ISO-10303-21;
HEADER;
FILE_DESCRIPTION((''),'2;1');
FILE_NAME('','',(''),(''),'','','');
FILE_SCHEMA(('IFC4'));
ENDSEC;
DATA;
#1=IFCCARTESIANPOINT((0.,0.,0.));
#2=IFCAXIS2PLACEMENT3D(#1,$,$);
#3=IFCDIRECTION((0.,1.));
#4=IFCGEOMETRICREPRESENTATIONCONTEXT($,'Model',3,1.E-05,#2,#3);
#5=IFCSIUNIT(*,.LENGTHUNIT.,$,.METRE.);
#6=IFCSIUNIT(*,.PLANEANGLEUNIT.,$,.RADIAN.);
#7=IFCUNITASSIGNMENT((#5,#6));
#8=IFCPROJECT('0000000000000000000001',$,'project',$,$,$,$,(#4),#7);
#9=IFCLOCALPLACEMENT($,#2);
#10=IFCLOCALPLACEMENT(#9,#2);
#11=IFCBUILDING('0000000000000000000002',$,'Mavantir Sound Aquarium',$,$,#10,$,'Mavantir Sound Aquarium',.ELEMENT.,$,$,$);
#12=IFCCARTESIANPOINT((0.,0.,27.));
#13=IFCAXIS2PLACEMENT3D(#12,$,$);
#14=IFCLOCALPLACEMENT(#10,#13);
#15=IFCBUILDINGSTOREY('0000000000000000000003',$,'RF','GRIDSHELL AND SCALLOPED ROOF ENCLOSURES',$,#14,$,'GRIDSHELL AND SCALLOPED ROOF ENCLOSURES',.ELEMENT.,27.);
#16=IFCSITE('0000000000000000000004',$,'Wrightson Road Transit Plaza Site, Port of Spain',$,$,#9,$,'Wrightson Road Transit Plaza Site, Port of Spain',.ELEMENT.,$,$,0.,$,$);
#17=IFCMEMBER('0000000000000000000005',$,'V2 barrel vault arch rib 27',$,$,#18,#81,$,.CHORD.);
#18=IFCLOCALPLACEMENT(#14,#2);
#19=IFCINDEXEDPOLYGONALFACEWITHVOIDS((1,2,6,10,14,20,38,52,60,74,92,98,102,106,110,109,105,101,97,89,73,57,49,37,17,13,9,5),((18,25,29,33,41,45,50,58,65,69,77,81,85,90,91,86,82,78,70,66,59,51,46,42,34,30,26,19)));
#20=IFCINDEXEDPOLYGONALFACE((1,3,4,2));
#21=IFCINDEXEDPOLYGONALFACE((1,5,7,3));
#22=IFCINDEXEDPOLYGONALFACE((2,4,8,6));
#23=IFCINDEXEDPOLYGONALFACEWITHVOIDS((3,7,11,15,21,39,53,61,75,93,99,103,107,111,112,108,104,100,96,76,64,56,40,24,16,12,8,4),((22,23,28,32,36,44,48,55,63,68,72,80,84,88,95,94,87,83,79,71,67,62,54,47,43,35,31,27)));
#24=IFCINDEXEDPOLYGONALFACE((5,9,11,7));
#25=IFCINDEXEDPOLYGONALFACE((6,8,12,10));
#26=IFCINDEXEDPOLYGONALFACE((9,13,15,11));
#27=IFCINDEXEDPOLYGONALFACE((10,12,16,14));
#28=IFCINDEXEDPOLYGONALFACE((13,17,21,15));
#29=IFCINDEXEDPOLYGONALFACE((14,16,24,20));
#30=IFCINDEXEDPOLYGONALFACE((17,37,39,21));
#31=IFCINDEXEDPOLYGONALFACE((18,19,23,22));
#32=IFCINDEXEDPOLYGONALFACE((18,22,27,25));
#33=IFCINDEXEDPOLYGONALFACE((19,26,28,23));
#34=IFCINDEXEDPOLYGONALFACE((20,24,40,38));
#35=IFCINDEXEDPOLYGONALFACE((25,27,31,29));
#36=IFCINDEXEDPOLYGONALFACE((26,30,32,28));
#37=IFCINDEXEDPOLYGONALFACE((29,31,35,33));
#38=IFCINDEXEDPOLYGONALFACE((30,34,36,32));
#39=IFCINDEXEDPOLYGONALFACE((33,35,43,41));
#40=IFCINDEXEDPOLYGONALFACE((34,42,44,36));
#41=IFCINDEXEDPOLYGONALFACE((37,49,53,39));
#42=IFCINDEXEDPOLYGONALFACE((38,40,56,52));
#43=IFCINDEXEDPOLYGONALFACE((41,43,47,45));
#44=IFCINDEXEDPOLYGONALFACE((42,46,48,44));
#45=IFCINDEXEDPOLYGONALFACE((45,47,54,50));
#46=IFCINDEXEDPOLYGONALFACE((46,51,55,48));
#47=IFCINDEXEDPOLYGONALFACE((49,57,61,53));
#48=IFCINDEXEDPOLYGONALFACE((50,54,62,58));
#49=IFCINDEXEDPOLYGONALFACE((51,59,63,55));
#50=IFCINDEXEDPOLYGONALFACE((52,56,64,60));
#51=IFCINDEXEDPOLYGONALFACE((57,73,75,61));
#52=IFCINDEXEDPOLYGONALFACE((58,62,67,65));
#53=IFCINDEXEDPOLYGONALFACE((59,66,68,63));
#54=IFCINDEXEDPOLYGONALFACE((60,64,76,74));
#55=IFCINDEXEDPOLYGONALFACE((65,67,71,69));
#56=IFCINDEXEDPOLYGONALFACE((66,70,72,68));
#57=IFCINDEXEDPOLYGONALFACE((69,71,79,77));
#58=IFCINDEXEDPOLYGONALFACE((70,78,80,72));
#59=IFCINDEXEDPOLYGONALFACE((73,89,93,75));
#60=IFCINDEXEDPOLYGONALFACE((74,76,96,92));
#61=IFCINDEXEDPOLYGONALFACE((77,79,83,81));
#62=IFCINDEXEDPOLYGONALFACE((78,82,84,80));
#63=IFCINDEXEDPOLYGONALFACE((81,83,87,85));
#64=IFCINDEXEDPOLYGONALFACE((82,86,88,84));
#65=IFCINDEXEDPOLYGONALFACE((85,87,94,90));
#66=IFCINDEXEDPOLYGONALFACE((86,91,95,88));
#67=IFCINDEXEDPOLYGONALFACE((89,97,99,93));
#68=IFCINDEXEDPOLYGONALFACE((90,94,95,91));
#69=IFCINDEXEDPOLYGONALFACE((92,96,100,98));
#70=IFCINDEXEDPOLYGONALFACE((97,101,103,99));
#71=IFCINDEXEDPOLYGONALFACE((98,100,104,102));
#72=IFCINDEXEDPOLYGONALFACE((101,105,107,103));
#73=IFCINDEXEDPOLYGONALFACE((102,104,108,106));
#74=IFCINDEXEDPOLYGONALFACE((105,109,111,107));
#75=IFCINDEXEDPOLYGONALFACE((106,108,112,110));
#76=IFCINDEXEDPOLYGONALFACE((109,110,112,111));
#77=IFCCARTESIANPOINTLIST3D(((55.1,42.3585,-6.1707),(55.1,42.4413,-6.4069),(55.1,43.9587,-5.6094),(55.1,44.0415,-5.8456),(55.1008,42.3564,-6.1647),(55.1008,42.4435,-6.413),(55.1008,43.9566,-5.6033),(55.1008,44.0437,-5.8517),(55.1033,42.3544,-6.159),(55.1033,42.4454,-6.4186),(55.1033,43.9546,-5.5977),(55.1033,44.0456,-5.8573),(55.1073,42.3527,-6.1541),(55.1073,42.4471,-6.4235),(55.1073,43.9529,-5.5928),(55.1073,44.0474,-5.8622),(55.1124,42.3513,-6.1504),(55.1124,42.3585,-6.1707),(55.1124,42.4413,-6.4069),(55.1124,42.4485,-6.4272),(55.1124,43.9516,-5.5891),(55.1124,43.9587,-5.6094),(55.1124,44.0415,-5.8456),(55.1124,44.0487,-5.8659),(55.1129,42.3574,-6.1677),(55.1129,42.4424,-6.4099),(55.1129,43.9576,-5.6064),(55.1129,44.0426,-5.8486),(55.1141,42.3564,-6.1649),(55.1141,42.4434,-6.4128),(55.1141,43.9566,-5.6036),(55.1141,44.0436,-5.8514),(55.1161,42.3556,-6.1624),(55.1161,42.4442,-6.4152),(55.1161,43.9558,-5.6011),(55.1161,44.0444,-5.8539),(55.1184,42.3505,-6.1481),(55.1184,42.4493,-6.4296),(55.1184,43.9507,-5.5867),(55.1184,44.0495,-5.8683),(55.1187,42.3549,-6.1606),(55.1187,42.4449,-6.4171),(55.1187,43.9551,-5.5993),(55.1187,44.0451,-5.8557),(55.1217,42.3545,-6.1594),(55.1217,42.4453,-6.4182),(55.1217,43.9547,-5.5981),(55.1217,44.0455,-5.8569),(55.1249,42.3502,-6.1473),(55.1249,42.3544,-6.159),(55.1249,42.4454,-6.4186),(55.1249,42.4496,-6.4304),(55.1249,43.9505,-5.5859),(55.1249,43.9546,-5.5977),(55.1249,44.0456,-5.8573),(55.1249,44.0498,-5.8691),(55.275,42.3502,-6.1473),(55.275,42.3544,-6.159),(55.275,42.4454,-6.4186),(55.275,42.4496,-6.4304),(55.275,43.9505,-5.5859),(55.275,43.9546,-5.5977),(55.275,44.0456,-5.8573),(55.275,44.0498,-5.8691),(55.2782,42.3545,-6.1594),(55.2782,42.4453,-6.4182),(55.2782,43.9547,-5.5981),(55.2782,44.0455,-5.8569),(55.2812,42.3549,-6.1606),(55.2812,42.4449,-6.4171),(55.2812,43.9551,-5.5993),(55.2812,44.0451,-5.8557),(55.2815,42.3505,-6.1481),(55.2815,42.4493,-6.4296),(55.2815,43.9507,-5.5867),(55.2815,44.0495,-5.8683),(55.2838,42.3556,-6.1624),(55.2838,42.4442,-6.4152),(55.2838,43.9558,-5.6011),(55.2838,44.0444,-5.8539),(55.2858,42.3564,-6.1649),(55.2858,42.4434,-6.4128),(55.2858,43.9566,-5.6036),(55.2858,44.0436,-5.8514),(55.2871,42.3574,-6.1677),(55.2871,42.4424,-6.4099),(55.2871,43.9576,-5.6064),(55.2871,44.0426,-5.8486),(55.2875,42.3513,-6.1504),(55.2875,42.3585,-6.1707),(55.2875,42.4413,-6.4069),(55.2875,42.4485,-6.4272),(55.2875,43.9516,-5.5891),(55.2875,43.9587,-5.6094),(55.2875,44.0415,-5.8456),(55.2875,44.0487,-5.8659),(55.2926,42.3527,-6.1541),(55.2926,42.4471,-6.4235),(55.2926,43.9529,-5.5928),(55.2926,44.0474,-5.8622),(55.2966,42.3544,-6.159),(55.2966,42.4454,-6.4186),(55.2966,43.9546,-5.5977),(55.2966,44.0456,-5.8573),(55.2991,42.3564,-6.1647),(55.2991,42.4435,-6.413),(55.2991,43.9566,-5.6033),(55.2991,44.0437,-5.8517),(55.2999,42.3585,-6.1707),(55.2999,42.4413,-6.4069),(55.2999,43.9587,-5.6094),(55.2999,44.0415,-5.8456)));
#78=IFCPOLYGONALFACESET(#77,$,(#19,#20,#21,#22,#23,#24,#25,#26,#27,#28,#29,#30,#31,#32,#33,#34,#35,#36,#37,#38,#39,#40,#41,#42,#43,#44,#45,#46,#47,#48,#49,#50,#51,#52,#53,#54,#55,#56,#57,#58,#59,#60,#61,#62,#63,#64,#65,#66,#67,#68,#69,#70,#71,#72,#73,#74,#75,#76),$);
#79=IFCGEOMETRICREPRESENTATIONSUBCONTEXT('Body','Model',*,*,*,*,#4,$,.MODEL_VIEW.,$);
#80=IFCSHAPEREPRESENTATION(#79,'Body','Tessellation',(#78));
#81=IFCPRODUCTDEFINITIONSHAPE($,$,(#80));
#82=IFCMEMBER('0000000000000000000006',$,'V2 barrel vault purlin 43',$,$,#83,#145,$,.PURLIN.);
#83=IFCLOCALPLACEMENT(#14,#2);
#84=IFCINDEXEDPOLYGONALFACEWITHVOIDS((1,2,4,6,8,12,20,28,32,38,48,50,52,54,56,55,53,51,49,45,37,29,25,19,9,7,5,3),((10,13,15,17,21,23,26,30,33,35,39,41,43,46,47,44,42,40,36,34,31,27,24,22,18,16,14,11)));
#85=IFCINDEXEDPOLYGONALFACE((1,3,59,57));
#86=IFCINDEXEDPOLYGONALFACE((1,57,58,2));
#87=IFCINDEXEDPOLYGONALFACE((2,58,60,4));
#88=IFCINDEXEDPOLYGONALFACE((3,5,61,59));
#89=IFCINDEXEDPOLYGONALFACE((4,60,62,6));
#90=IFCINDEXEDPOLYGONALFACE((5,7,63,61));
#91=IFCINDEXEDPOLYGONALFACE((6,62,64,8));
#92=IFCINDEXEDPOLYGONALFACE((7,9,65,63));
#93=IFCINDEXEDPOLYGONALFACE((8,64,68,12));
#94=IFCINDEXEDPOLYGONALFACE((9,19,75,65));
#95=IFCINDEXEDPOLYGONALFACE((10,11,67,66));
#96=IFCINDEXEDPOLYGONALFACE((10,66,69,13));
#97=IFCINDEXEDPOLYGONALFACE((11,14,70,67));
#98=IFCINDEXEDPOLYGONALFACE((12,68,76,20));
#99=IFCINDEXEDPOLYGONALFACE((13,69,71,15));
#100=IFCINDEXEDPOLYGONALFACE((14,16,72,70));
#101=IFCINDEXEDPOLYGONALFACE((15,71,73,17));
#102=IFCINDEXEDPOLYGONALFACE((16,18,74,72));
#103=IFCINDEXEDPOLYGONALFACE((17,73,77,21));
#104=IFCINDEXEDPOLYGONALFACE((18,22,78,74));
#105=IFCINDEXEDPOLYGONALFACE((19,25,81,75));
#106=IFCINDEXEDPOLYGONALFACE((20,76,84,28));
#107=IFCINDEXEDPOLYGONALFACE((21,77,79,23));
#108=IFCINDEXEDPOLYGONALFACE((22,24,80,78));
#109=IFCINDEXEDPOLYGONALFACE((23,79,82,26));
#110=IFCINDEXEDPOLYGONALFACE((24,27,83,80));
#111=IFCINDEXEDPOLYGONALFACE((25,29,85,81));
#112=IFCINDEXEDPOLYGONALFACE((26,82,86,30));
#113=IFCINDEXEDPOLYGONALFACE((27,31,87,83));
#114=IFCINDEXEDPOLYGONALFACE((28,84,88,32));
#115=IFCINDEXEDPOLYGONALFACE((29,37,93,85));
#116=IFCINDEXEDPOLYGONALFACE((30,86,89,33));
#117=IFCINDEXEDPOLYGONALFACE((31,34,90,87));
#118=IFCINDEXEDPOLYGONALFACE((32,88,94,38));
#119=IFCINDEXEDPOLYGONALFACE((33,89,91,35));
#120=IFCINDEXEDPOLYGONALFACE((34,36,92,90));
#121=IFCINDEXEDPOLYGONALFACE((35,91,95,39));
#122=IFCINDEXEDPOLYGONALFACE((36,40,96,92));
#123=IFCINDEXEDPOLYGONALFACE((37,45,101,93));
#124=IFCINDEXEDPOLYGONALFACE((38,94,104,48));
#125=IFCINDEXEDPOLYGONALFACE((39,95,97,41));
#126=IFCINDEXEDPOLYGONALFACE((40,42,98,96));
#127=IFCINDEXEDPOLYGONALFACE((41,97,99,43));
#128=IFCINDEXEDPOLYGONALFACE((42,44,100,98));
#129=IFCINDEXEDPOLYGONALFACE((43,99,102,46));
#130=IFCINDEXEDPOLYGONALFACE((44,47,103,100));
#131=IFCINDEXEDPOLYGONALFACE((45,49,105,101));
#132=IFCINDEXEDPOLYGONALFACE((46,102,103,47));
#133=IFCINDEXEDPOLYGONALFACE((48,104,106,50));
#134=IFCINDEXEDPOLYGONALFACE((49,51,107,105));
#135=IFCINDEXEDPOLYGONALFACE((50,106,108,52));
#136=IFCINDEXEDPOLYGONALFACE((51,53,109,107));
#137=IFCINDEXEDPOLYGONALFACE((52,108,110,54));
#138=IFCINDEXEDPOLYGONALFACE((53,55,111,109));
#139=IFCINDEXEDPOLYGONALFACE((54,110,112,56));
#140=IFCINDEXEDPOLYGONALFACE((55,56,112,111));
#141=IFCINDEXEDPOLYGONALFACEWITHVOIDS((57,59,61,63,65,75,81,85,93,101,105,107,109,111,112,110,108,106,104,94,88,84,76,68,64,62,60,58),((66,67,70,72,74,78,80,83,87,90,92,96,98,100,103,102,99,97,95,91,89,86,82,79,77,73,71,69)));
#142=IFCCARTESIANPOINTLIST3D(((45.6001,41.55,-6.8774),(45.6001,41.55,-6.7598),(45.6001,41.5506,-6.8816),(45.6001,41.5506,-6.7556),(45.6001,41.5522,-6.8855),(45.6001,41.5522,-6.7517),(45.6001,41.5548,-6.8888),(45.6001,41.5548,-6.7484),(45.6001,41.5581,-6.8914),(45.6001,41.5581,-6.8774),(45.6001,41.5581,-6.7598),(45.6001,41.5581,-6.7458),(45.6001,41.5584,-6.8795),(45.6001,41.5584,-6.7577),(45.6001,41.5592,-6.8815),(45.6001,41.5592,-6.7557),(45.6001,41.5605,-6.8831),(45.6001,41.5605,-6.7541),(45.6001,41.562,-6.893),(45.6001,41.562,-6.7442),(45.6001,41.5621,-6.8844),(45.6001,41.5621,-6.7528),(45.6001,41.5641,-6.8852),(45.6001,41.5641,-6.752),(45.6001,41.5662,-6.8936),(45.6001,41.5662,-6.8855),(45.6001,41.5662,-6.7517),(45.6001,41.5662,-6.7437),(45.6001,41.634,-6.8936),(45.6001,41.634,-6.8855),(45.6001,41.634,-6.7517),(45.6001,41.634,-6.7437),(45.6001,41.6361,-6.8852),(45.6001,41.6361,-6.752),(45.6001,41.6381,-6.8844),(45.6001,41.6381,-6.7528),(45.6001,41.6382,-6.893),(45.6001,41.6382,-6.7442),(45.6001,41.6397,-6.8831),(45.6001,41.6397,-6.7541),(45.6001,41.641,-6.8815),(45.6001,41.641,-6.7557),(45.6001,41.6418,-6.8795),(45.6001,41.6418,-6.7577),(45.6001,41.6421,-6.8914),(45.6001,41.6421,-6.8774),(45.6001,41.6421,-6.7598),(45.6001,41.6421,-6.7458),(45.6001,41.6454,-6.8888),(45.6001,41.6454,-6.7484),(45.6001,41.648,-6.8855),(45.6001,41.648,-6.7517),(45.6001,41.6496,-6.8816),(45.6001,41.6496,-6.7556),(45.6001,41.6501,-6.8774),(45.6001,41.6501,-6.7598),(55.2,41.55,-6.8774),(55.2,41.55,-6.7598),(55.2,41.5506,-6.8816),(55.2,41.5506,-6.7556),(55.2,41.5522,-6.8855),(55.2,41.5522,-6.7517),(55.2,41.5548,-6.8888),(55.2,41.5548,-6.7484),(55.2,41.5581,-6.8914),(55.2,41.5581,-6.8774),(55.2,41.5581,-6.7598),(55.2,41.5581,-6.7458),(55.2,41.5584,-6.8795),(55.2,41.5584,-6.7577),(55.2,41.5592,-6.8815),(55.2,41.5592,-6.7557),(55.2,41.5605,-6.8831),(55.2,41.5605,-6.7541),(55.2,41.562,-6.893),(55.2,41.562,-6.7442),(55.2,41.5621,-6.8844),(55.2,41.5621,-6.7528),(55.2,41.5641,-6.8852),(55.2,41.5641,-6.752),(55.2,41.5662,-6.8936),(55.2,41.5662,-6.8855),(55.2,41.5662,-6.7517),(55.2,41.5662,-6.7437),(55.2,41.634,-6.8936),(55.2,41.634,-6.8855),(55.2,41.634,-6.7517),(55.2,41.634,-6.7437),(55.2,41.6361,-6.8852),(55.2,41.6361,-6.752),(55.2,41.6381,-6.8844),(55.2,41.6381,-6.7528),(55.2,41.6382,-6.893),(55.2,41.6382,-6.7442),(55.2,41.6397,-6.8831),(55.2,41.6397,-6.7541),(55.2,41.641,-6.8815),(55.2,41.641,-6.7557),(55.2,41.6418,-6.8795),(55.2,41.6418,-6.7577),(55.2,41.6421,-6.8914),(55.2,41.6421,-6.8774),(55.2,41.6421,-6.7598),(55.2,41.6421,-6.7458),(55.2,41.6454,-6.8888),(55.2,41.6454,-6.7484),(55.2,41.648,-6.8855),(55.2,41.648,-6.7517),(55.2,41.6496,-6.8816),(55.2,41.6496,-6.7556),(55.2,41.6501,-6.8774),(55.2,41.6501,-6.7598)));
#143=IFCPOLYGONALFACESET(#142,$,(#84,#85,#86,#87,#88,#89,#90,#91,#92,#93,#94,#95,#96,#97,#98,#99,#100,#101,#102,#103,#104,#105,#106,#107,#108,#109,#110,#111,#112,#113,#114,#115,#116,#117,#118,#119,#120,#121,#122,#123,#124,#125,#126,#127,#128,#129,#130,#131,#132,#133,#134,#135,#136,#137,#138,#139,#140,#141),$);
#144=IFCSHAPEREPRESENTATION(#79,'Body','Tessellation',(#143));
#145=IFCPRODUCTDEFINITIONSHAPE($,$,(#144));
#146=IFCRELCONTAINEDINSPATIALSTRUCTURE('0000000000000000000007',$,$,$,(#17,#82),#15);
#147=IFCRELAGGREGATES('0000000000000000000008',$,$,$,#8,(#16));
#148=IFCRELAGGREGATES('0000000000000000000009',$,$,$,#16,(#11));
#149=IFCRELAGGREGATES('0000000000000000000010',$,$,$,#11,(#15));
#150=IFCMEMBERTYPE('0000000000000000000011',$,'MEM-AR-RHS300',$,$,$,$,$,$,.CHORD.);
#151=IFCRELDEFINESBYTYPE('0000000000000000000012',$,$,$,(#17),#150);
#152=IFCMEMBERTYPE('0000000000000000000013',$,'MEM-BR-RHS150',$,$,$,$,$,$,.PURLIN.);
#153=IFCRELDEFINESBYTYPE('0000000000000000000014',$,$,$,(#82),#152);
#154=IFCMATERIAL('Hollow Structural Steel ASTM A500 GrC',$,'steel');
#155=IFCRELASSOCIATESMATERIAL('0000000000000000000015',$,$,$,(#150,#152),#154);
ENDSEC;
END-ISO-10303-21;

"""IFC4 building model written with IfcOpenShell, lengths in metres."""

from ifc_helpers import new_model, si_unit, direction, frame, origin, origin_2d, place, context, subcontext, project, spatial, hollow_rectangle, extrude, material, material_profile, profile_set, type_object, element, save


model = new_model("IFC4")

# Units and contexts
model_context = context("Model", 3, precision=1e-05, world=origin(), true_north=direction((0.0, 1.0)))
body_context = subcontext(model_context, "Body", "Model", "MODEL_VIEW")
ifc_project = project(units=[si_unit("LENGTHUNIT", "METRE"), si_unit("PLANEANGLEUNIT", "RADIAN")], contexts=[model_context])

# Site, building, storey
site_placement = place(None, origin())
site = spatial("IfcSite", under=ifc_project, at=site_placement, Name="Wrightson Road Transit Plaza Site, Port of Spain", LongName="Wrightson Road Transit Plaza Site, Port of Spain", CompositionType="ELEMENT", RefElevation=0.0)
building_placement = place(site_placement, origin())
building = spatial("IfcBuilding", under=site, at=building_placement, Name="Mavantir Sound Aquarium", LongName="Mavantir Sound Aquarium", CompositionType="ELEMENT")
storey_placement = place(building_placement, frame((0.0, 0.0, 27.0)))
storey = spatial("IfcBuildingStorey", under=building, at=storey_placement, Name="RF", Description="GRIDSHELL AND SCALLOPED ROOF ENCLOSURES", LongName="GRIDSHELL AND SCALLOPED ROOF ENCLOSURES", CompositionType="ELEMENT", Elevation=27.0)

# Shared definitions
ifc_material_1 = material(Name="Hollow Structural Steel ASTM A500 GrC", Category="steel")

# Members
ifc_material_profile_1 = material_profile(ifc_material_1, hollow_rectangle(XDim=0.2, YDim=0.3, WallThickness=0.0125, InnerFilletRadius=0.0125, OuterFilletRadius=0.0249, at=origin_2d()), Name="RHS 300X200X12.5")
ifc_profile_set_1 = profile_set([ifc_material_profile_1], Name="Hollow Structural Steel ASTM A500 GrC")
member_type_1 = type_object("IfcMemberType", Name="MEM-AR-RHS300", PredefinedType="CHORD", material=ifc_profile_set_1)
member_1_placement = place(storey_placement, frame((55.2, 42.3999, -6.2888), z_axis=(0.0, 0.943629, 0.331004), x_axis=(-1.0, 0.0, 0.0)))
element("IfcMember", 1, at=member_1_placement, inside=storey, type_object=member_type_1, Name="V2 barrel vault arch rib 27", PredefinedType="CHORD", context=body_context, shape_type="SweptSolid", body=[
    extrude(hollow_rectangle(XDim=0.2, YDim=0.3, WallThickness=0.0125, InnerFilletRadius=0.0125, OuterFilletRadius=0.0249, at=origin_2d()), origin(), (0.0, 0.0, 1.0), 1.6958),
])
ifc_material_profile_2 = material_profile(ifc_material_1, hollow_rectangle(XDim=0.1001, YDim=0.1499, WallThickness=0.0081, InnerFilletRadius=0.0081, OuterFilletRadius=0.0161, at=origin_2d()), Name="RHS 150X100X8")
ifc_profile_set_2 = profile_set([ifc_material_profile_2], Name="Hollow Structural Steel ASTM A500 GrC")
member_type_2 = type_object("IfcMemberType", Name="MEM-BR-RHS150", PredefinedType="PURLIN", material=ifc_profile_set_2)
for number, where, z_axis, x_axis, name in (
    (2, (45.6001, 41.6001, -6.8186), (1.0, 0.0, 0.0), (0.0, 1.0, 0.0), "V2 barrel vault purlin 43"),
):
    element("IfcMember", number, at=place(storey_placement, frame(where, z_axis=z_axis, x_axis=x_axis)), inside=storey, type_object=member_type_2, Name=name, PredefinedType="PURLIN", context=body_context, shape_type="SweptSolid", body=[
        extrude(hollow_rectangle(XDim=0.1001, YDim=0.1499, WallThickness=0.0081, InnerFilletRadius=0.0081, OuterFilletRadius=0.0161, at=origin_2d()), origin(), (0.0, 0.0, 1.0), 9.5999),
    ])

save(model, "model.ifc")
